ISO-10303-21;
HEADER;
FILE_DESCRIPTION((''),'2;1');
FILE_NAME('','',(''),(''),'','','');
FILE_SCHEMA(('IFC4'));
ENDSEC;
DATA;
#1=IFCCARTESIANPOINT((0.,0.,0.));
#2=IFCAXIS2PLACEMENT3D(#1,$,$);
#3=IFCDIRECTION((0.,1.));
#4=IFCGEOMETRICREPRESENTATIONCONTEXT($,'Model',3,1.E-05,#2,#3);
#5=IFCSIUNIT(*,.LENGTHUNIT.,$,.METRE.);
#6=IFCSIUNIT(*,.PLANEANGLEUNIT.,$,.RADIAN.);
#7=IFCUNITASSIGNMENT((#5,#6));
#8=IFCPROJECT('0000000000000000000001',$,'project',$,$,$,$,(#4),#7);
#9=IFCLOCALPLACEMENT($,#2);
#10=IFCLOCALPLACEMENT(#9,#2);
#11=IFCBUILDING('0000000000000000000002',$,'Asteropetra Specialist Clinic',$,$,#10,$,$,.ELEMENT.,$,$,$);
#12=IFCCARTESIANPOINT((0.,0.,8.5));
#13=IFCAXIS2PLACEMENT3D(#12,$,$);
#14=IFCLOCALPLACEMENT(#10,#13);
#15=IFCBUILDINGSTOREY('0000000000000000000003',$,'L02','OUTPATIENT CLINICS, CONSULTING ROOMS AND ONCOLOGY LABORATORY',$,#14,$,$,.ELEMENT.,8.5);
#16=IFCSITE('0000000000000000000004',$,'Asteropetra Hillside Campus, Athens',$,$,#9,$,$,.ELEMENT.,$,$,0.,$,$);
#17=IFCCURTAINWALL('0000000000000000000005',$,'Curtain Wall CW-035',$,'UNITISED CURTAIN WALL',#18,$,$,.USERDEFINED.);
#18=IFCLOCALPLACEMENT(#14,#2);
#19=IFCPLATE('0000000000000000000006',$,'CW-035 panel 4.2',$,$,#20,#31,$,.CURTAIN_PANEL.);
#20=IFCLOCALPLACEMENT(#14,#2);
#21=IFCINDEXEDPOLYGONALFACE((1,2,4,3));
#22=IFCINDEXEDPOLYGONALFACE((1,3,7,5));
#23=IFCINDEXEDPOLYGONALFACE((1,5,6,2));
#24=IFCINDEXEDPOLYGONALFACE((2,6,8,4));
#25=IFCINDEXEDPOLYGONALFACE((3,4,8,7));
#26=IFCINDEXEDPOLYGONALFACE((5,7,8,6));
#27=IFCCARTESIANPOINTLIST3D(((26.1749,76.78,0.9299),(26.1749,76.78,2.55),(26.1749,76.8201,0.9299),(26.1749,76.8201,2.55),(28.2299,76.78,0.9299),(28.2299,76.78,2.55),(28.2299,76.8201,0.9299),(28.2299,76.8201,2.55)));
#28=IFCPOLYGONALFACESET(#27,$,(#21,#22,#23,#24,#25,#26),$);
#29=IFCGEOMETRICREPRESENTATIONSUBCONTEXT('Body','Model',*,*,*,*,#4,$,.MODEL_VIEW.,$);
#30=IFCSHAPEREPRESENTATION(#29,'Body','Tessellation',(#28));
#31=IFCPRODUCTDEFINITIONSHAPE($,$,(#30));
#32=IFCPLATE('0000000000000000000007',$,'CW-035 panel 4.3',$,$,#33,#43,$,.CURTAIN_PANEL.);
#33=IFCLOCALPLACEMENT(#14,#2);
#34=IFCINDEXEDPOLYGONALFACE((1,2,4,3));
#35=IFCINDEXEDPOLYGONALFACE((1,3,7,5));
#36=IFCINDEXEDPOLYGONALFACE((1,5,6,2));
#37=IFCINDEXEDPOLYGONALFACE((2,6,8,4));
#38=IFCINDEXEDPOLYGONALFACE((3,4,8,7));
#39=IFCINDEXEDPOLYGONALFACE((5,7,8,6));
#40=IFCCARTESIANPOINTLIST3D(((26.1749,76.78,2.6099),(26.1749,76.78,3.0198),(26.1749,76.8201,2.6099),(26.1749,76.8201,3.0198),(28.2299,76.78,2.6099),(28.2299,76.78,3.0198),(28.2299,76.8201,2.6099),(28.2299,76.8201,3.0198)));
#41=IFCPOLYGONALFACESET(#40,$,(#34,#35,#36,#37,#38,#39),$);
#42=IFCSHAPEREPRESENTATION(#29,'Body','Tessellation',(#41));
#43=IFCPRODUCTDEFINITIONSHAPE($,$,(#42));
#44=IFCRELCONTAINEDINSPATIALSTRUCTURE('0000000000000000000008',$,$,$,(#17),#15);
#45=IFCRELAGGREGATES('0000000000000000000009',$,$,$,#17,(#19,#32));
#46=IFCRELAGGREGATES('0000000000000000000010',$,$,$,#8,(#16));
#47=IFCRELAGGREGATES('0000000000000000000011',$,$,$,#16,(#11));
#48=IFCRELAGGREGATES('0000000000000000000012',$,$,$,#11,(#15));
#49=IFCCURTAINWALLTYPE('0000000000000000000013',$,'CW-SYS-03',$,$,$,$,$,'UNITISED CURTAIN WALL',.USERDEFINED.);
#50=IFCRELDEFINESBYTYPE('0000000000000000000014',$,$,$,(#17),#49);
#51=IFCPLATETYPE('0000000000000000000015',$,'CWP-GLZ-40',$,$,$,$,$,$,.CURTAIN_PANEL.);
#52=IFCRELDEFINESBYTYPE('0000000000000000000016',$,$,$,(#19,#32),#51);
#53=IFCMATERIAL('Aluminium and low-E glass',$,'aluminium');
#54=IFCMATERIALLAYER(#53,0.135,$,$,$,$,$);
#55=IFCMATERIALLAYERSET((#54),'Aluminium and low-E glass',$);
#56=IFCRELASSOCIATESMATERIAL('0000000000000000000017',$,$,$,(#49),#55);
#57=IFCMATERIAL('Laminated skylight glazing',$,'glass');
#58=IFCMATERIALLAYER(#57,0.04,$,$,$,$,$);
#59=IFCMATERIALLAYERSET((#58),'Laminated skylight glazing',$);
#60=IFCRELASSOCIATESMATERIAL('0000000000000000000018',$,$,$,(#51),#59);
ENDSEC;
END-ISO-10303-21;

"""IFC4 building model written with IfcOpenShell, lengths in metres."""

from ifc_helpers import new_model, si_unit, direction, frame, origin, origin_2d, place, context, subcontext, project, spatial, rectangle, extrude, material, layer, layer_set, type_object, element, aggregate, save


model = new_model("IFC4")

# Units and contexts
model_context = context("Model", 3, precision=1e-05, world=origin(), true_north=direction((0.0, 1.0)))
body_context = subcontext(model_context, "Body", "Model", "MODEL_VIEW")
ifc_project = project(units=[si_unit("LENGTHUNIT", "METRE"), si_unit("PLANEANGLEUNIT", "RADIAN")], contexts=[model_context])

# Site, building, storey
site_placement = place(None, origin())
site = spatial("IfcSite", under=ifc_project, at=site_placement, Name="Asteropetra Hillside Campus, Athens", CompositionType="ELEMENT", RefElevation=0.0)
building_placement = place(site_placement, origin())
building = spatial("IfcBuilding", under=site, at=building_placement, Name="Asteropetra Specialist Clinic", CompositionType="ELEMENT")
storey_placement = place(building_placement, frame((0.0, 0.0, 8.5)))
storey = spatial("IfcBuildingStorey", under=building, at=storey_placement, Name="L02", Description="OUTPATIENT CLINICS, CONSULTING ROOMS AND ONCOLOGY LABORATORY", CompositionType="ELEMENT", Elevation=8.5)

# Curtain wall
ifc_material_1 = material(Name="Aluminium and low-E glass", Category="aluminium")
ifc_layer_1 = layer(ifc_material_1, 0.135)
ifc_layer_set_1 = layer_set([ifc_layer_1], Name="Aluminium and low-E glass")
curtain_wall_type_1 = type_object("IfcCurtainWallType", Name="CW-SYS-03", ElementType="UNITISED CURTAIN WALL", PredefinedType="USERDEFINED", material=ifc_layer_set_1)
curtain_wall_1_placement = place(storey_placement, origin())
curtain_wall_1 = element("IfcCurtainWall", 1, at=curtain_wall_1_placement, inside=storey, type_object=curtain_wall_type_1, Name="Curtain Wall CW-035", ObjectType="UNITISED CURTAIN WALL", PredefinedType="USERDEFINED")

# Plates
ifc_material_2 = material(Name="Laminated skylight glazing", Category="glass")
ifc_layer_2 = layer(ifc_material_2, 0.04)
ifc_layer_set_2 = layer_set([ifc_layer_2], Name="Laminated skylight glazing")
plate_type_1 = type_object("IfcPlateType", Name="CWP-GLZ-40", PredefinedType="CURTAIN_PANEL", material=ifc_layer_set_2)
plate_1_placement = place(storey_placement, frame((27.2024, 76.8, 0.9299), z_axis=(0.0, 0.0, 1.0), x_axis=(1.0, 0.0, 0.0)))
plate_1 = element("IfcPlate", 2, at=plate_1_placement, type_object=plate_type_1, Name="CW-035 panel 4.2", PredefinedType="CURTAIN_PANEL", context=body_context, shape_type="SweptSolid", body=[
    extrude(rectangle(XDim=2.0549, YDim=0.04, at=origin_2d()), origin(), (0.0, 0.0, 1.0), 1.6201),
])
plate_2_placement = place(storey_placement, frame((27.2024, 76.8, 2.6099), z_axis=(0.0, 0.0, 1.0), x_axis=(1.0, 0.0, 0.0)))
plate_2 = element("IfcPlate", 3, at=plate_2_placement, type_object=plate_type_1, Name="CW-035 panel 4.3", PredefinedType="CURTAIN_PANEL", context=body_context, shape_type="SweptSolid", body=[
    extrude(rectangle(XDim=2.0549, YDim=0.04, at=origin_2d()), origin(), (0.0, 0.0, 1.0), 0.4099),
])
aggregate(curtain_wall_1, [plate_1, plate_2])

save(model, "model.ifc")
